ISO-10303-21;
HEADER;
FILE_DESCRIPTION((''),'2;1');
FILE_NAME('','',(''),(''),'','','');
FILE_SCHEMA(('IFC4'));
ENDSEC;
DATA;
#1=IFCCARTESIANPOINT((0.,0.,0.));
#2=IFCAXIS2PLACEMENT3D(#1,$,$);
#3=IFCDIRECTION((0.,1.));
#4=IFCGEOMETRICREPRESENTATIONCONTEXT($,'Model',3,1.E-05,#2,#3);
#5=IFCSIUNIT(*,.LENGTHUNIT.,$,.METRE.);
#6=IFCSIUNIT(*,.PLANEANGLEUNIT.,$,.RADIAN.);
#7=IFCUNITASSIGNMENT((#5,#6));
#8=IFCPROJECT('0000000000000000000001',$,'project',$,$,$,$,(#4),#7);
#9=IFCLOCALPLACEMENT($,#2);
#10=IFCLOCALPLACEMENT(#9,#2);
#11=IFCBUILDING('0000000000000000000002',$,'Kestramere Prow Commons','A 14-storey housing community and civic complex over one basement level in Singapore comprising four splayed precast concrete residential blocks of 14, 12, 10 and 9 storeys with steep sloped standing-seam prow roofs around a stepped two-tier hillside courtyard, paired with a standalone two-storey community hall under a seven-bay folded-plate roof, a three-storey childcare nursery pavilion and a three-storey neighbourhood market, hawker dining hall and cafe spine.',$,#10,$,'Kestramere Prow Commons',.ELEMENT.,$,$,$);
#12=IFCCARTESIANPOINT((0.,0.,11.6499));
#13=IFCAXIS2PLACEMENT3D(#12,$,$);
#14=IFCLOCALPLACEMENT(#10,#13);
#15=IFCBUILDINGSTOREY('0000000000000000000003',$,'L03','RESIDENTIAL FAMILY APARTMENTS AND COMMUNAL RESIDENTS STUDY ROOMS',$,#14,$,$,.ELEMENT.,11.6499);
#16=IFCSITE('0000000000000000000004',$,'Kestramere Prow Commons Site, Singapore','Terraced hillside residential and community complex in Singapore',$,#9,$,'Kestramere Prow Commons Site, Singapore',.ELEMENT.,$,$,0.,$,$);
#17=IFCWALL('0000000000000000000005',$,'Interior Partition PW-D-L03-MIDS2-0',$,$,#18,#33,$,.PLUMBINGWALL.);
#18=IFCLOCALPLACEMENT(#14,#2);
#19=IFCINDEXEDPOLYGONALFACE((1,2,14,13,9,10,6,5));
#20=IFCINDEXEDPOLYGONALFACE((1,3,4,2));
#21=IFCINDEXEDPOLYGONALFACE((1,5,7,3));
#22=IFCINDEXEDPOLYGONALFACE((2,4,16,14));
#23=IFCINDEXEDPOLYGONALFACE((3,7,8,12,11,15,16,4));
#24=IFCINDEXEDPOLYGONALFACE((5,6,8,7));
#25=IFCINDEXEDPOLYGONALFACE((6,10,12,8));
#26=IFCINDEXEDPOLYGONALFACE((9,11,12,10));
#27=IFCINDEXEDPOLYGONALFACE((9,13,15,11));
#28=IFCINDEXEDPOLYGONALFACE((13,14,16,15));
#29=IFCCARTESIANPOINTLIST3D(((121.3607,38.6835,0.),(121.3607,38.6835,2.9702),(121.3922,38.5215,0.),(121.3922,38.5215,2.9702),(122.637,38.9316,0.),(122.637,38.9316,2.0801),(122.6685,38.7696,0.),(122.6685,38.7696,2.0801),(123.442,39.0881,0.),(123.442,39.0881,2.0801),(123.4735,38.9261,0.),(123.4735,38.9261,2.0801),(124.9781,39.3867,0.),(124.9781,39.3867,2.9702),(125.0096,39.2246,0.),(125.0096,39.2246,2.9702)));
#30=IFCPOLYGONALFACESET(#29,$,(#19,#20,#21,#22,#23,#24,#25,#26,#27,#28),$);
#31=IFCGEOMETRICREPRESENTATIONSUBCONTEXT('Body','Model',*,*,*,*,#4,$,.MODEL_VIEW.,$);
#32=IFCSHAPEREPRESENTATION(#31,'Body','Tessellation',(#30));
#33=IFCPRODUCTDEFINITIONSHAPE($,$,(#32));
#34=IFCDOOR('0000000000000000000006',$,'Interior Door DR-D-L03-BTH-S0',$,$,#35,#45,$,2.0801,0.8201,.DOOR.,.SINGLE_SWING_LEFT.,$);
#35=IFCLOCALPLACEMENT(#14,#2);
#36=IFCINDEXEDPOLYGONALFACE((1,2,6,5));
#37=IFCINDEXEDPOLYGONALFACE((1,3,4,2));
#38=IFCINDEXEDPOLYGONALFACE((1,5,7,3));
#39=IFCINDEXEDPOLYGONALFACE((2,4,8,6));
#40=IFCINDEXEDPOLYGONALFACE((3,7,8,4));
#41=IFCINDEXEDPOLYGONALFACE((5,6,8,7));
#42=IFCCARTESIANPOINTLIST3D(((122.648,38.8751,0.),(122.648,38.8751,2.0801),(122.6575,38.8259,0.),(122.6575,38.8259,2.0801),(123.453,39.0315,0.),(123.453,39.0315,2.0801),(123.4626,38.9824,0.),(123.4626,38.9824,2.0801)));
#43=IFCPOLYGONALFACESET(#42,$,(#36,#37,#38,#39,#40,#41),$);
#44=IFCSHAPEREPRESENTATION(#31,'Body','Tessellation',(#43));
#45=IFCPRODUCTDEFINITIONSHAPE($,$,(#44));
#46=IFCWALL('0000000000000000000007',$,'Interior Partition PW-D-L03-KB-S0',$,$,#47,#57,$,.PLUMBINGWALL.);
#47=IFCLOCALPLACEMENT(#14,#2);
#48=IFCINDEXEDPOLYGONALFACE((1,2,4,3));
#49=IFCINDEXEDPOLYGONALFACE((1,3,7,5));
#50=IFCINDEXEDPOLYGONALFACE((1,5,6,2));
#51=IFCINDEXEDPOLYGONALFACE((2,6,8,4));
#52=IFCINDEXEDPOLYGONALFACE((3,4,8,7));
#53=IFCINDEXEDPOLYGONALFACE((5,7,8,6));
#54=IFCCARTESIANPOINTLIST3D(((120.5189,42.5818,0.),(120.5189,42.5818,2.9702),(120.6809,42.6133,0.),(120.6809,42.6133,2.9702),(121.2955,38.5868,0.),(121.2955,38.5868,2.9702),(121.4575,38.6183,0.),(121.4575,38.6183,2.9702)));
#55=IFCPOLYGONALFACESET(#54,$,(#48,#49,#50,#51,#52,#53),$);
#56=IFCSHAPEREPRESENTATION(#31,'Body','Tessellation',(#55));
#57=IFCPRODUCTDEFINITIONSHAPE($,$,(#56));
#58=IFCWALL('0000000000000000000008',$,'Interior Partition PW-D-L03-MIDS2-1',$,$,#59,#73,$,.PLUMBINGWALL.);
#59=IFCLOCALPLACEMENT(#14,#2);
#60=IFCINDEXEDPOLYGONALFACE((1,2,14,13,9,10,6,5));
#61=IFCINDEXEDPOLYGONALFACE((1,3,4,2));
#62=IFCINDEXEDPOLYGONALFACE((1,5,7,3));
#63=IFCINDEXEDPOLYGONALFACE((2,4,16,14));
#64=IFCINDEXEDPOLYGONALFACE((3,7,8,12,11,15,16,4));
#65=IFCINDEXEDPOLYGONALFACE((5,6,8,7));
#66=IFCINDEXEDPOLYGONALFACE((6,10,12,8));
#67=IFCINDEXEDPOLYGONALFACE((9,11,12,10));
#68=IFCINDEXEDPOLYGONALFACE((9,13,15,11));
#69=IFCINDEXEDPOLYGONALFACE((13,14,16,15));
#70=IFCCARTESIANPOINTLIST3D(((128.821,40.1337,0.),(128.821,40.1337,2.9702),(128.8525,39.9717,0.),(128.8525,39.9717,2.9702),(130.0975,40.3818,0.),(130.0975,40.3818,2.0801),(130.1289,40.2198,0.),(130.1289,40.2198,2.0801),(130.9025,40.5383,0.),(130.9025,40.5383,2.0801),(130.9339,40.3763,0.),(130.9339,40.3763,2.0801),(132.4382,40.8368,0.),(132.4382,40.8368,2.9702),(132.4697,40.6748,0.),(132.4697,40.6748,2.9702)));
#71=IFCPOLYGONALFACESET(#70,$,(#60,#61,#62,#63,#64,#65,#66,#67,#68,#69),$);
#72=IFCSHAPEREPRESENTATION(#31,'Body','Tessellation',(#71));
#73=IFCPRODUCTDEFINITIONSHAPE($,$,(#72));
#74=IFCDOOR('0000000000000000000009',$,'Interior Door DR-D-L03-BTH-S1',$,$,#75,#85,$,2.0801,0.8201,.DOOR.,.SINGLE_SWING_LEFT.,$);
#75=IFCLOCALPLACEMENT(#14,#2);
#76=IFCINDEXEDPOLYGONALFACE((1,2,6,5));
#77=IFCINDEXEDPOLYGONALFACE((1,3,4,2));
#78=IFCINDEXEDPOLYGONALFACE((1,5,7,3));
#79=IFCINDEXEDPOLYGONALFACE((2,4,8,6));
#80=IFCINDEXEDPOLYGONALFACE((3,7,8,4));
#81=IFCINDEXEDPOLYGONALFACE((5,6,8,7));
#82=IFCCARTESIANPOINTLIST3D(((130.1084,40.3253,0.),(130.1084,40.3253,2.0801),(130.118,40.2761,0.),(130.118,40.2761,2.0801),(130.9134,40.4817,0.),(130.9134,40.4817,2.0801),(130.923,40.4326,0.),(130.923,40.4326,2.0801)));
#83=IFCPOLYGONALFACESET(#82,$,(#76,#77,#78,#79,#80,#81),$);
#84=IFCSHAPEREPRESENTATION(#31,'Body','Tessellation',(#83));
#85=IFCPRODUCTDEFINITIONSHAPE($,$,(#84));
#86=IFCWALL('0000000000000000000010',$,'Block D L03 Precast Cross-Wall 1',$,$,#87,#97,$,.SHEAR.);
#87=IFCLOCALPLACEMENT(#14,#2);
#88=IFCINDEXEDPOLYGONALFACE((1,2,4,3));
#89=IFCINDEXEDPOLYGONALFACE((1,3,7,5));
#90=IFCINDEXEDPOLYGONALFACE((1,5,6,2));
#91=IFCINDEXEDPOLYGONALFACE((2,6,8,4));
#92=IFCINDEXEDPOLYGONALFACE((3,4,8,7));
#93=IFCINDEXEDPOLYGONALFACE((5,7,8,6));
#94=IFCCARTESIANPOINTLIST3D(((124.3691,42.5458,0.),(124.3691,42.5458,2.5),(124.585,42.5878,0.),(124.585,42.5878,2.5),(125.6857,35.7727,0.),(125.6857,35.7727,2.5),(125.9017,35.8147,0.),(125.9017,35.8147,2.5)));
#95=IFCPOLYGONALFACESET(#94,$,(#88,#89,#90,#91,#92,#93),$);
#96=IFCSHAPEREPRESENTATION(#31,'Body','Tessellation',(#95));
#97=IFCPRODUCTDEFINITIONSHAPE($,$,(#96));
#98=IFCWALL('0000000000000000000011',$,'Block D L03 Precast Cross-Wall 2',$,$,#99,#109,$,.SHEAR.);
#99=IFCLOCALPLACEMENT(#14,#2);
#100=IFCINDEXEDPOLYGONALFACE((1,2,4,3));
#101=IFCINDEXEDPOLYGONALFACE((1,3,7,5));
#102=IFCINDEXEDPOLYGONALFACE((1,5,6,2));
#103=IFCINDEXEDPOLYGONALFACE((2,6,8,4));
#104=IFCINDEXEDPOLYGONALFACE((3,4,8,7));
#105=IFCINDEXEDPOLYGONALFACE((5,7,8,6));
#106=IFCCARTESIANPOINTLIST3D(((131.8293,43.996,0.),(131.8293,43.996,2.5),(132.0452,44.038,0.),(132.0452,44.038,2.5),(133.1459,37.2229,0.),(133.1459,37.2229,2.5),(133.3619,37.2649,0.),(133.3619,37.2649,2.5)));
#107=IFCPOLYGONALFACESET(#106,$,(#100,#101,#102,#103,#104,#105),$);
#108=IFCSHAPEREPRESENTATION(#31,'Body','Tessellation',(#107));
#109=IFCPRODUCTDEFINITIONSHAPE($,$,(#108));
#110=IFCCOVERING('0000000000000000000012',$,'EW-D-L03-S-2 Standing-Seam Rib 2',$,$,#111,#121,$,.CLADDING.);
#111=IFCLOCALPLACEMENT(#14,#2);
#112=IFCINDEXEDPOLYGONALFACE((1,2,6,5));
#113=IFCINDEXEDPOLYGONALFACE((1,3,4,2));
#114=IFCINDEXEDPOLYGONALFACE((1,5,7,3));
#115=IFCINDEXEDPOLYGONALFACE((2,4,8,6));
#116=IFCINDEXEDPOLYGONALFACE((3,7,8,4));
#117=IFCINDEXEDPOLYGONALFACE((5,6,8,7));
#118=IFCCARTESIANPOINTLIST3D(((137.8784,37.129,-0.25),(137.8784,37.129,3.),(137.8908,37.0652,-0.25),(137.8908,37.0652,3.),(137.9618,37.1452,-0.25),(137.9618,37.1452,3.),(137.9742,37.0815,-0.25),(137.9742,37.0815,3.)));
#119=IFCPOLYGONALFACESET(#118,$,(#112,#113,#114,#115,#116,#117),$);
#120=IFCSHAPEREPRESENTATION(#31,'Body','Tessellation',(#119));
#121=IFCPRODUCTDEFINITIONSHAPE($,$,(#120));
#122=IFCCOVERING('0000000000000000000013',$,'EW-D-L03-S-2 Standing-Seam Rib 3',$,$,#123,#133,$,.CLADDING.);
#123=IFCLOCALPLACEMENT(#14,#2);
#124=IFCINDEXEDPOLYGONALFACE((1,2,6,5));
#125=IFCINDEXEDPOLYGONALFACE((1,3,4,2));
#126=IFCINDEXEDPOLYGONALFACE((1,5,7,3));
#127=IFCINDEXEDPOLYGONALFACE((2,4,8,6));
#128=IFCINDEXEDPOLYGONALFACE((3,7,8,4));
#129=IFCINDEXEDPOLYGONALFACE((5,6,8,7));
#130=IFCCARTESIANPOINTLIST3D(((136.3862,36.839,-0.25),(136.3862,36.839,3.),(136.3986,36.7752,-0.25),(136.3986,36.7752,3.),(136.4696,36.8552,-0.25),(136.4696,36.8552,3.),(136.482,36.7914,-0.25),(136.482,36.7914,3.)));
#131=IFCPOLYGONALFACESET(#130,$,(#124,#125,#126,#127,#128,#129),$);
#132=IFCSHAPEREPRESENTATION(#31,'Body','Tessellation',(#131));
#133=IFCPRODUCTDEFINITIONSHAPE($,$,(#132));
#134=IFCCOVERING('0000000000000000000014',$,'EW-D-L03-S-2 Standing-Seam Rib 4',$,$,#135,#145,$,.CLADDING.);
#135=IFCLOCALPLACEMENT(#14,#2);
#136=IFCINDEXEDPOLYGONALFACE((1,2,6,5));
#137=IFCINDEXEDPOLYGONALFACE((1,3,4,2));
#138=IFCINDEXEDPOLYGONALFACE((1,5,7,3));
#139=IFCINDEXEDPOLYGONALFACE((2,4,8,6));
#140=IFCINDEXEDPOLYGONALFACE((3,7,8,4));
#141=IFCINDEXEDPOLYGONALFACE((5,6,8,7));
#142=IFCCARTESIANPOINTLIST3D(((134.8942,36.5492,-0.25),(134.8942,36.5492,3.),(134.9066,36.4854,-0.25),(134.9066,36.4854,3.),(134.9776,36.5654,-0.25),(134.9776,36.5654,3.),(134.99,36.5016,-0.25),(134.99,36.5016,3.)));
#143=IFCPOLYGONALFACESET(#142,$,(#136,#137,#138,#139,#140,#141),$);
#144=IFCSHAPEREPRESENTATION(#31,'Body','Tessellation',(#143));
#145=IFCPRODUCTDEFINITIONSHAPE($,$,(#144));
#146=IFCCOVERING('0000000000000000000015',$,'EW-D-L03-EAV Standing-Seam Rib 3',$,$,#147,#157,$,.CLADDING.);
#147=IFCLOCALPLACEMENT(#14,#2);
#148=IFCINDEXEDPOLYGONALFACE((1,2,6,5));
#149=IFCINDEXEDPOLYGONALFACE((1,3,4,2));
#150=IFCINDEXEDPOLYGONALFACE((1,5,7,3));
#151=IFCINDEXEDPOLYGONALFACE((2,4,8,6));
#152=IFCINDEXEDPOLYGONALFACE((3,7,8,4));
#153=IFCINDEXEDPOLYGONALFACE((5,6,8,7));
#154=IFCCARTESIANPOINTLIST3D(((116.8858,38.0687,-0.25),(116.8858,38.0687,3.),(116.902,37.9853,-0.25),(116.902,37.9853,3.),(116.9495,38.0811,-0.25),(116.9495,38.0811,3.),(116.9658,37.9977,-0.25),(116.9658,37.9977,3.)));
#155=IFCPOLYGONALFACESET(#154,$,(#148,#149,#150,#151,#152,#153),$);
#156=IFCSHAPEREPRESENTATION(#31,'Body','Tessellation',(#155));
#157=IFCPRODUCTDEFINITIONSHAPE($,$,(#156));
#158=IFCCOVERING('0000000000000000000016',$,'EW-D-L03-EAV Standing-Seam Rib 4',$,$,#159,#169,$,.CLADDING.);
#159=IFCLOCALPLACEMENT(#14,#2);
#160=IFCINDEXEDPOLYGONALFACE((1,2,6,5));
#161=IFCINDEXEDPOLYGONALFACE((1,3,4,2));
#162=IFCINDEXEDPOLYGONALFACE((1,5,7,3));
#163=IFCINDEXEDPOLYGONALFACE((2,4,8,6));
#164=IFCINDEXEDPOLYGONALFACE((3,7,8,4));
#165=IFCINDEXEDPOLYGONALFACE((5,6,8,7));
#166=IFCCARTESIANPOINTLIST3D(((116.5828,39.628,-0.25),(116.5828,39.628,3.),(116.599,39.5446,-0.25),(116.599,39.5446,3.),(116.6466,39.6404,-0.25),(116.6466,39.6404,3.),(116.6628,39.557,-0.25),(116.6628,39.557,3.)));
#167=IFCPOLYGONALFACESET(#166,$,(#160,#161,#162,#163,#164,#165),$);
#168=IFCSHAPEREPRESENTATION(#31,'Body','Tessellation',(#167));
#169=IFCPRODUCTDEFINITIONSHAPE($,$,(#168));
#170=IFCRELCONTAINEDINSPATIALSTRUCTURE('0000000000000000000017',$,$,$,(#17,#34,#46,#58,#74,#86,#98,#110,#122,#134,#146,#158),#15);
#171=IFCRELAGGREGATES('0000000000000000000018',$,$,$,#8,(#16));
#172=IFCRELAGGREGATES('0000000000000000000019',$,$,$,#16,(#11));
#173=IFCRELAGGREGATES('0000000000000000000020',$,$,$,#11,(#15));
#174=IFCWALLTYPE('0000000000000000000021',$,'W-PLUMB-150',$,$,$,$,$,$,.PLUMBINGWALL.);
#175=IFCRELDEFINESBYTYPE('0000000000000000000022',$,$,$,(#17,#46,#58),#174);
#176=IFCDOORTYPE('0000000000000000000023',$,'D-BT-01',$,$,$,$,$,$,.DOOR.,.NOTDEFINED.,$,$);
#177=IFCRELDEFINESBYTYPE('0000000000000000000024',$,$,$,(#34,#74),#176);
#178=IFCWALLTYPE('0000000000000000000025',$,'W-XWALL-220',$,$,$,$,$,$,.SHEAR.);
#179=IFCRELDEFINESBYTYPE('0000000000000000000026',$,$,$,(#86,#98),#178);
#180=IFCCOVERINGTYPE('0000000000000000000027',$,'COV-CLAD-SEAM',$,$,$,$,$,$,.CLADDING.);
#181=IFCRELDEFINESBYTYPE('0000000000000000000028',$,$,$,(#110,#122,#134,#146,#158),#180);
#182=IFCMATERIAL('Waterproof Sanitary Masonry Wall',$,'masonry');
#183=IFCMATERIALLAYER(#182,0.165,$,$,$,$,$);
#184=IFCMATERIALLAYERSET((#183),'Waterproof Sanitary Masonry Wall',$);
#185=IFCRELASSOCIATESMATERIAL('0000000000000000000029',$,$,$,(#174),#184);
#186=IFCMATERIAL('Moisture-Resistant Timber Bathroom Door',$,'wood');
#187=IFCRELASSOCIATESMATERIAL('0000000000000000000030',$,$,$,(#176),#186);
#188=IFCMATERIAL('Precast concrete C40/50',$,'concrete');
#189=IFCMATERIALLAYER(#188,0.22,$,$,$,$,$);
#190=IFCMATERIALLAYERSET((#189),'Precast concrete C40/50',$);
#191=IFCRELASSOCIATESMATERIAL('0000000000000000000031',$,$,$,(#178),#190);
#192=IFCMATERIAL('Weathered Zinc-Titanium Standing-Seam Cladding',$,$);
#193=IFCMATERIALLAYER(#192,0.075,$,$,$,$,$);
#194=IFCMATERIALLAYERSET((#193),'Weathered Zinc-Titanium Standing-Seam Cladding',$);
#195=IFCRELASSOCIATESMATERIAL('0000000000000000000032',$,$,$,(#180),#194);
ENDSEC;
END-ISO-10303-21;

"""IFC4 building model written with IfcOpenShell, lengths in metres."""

from ifc_helpers import new_model, si_unit, direction, frame, frame_2d, origin, origin_2d, place, context, subcontext, project, spatial, rectangle, extrude, material, layer, layer_set, type_object, element, fill, save


model = new_model("IFC4")

# Units and contexts
model_context = context("Model", 3, precision=1e-05, world=origin(), true_north=direction((0.0, 1.0)))
body_context = subcontext(model_context, "Body", "Model", "MODEL_VIEW")
ifc_project = project(units=[si_unit("LENGTHUNIT", "METRE"), si_unit("PLANEANGLEUNIT", "RADIAN")], contexts=[model_context])

# Site, building, storey
site_placement = place(None, origin())
site = spatial("IfcSite", under=ifc_project, at=site_placement, Name="Kestramere Prow Commons Site, Singapore", Description="Terraced hillside residential and community complex in Singapore", LongName="Kestramere Prow Commons Site, Singapore", CompositionType="ELEMENT", RefElevation=0.0)
building_placement = place(site_placement, origin())
building = spatial("IfcBuilding", under=site, at=building_placement, Name="Kestramere Prow Commons", Description="A 14-storey housing community and civic complex over one basement level in Singapore comprising four splayed precast concrete residential blocks of 14, 12, 10 and 9 storeys with steep sloped standing-seam prow roofs around a stepped two-tier hillside courtyard, paired with a standalone two-storey community hall under a seven-bay folded-plate roof, a three-storey childcare nursery pavilion and a three-storey neighbourhood market, hawker dining hall and cafe spine.", LongName="Kestramere Prow Commons", CompositionType="ELEMENT")
storey_placement = place(building_placement, frame((0.0, 0.0, 11.6499)))
storey = spatial("IfcBuildingStorey", under=building, at=storey_placement, Name="L03", Description="RESIDENTIAL FAMILY APARTMENTS AND COMMUNAL RESIDENTS STUDY ROOMS", CompositionType="ELEMENT", Elevation=11.6499)

# Shared definitions
ifc_material_1 = material(Name="Precast concrete C40/50", Category="concrete")

# Wall, opening, door
ifc_material_2 = material(Name="Waterproof Sanitary Masonry Wall", Category="masonry")
ifc_layer_1 = layer(ifc_material_2, 0.165)
ifc_layer_set_1 = layer_set([ifc_layer_1], Name="Waterproof Sanitary Masonry Wall")
wall_type_1 = type_object("IfcWallType", Name="W-PLUMB-150", PredefinedType="PLUMBINGWALL", material=ifc_layer_set_1)
wall_1_placement = place(storey_placement, frame((121.3765, 38.6025, 0.0), z_axis=(0.0, 0.0, 1.0), x_axis=(0.981629, 0.190801, 0.0)))
wall_1 = element("IfcWall", 1, at=wall_1_placement, inside=storey, type_object=wall_type_1, Name="Interior Partition PW-D-L03-MIDS2-0", PredefinedType="PLUMBINGWALL", context=body_context, shape_type="SweptSolid", body=[
    extrude(rectangle(XDim=3.6851, YDim=0.165, at=frame_2d((1.8425, 0.0))), origin(), (0.0, 0.0, 1.0), 2.9702),
])
opening_1_placement = place(wall_1_placement, frame((1.3, 0.0, 0.0)))
opening_1 = element("IfcOpeningElement", 2, at=opening_1_placement, cuts=wall_1, PredefinedType="OPENING", context=body_context, shape_type="SweptSolid", body=[
    extrude(rectangle(XDim=0.8201, YDim=2.0801, at=frame_2d((0.4102, 1.04))), frame((0.0, 0.0974, 0.0), z_axis=(0.0, -1.0, 0.0), x_axis=(1.0, 0.0, 0.0)), (0.0, 0.0, 1.0), 0.1951),
])
ifc_material_3 = material(Name="Moisture-Resistant Timber Bathroom Door", Category="wood")
door_type_1 = type_object("IfcDoorType", Name="D-BT-01", OperationType="NOTDEFINED", PredefinedType="DOOR", material=ifc_material_3)
door_1_placement = place(opening_1_placement, origin())
door_1 = element("IfcDoor", 3, at=door_1_placement, inside=storey, type_object=door_type_1, Name="Interior Door DR-D-L03-BTH-S0", OperationType="SINGLE_SWING_LEFT", OverallHeight=2.0801, OverallWidth=0.8201, PredefinedType="DOOR", context=body_context, shape_type="SweptSolid", body=[
    extrude(rectangle(XDim=0.8201, YDim=2.0801, at=frame_2d((0.4102, 1.04))), frame((0.0, 0.0249, 0.0), z_axis=(0.0, -1.0, 0.0), x_axis=(1.0, 0.0, 0.0)), (0.0, 0.0, 1.0), 0.05),
])
fill(opening_1, door_1)

# Wall
wall_2_placement = place(storey_placement, frame((121.3765, 38.6025, 0.0), z_axis=(0.0, 0.0, 1.0), x_axis=(-0.190818, 0.981625, 0.0)))
element("IfcWall", 4, at=wall_2_placement, inside=storey, type_object=wall_type_1, Name="Interior Partition PW-D-L03-KB-S0", PredefinedType="PLUMBINGWALL", context=body_context, shape_type="SweptSolid", body=[
    extrude(rectangle(XDim=4.0698, YDim=0.165, at=frame_2d((2.0349, 0.0))), origin(), (0.0, 0.0, 1.0), 2.9702),
])

# Wall, opening, door
wall_3_placement = place(storey_placement, frame((128.8369, 40.0527, 0.0), z_axis=(0.0, 0.0, 1.0), x_axis=(0.981626, 0.190813, 0.0)))
wall_3 = element("IfcWall", 5, at=wall_3_placement, inside=storey, type_object=wall_type_1, Name="Interior Partition PW-D-L03-MIDS2-1", PredefinedType="PLUMBINGWALL", context=body_context, shape_type="SweptSolid", body=[
    extrude(rectangle(XDim=3.6848, YDim=0.165, at=frame_2d((1.8423, 0.0))), origin(), (0.0, 0.0, 1.0), 2.9702),
])
opening_2_placement = place(wall_3_placement, frame((1.3, 0.0, 0.0)))
opening_2 = element("IfcOpeningElement", 6, at=opening_2_placement, cuts=wall_3, PredefinedType="OPENING", context=body_context, shape_type="SweptSolid", body=[
    extrude(rectangle(XDim=0.8201, YDim=2.0801, at=frame_2d((0.4102, 1.04))), frame((0.0, 0.0974, 0.0), z_axis=(0.0, -1.0, 0.0), x_axis=(1.0, 0.0, 0.0)), (0.0, 0.0, 1.0), 0.1951),
])
door_2_placement = place(opening_2_placement, origin())
door_2 = element("IfcDoor", 7, at=door_2_placement, inside=storey, type_object=door_type_1, Name="Interior Door DR-D-L03-BTH-S1", OperationType="SINGLE_SWING_LEFT", OverallHeight=2.0801, OverallWidth=0.8201, PredefinedType="DOOR", context=body_context, shape_type="SweptSolid", body=[
    extrude(rectangle(XDim=0.8201, YDim=2.0801, at=frame_2d((0.4102, 1.04))), frame((0.0, 0.0249, 0.0), z_axis=(0.0, -1.0, 0.0), x_axis=(1.0, 0.0, 0.0)), (0.0, 0.0, 1.0), 0.05),
])
fill(opening_2, door_2)

# Walls
ifc_layer_2 = layer(ifc_material_1, 0.22)
ifc_layer_set_2 = layer_set([ifc_layer_2], Name="Precast concrete C40/50")
wall_type_2 = type_object("IfcWallType", Name="W-XWALL-220", PredefinedType="SHEAR", material=ifc_layer_set_2)
for number, where, z_axis, x_axis, name in (
    (8, (125.7937, 35.7937, 0.0), (0.0, 0.0, 1.0), (-0.190819, 0.981625, 0.0), "Block D L03 Precast Cross-Wall 1"),
    (9, (133.2539, 37.2439, 0.0), (0.0, 0.0, 1.0), (-0.190819, 0.981625, 0.0), "Block D L03 Precast Cross-Wall 2"),
):
    element("IfcWall", number, at=place(storey_placement, frame(where, z_axis=z_axis, x_axis=x_axis)), inside=storey, type_object=wall_type_2, Name=name, PredefinedType="SHEAR", context=body_context, shape_type="SweptSolid", body=[
        extrude(rectangle(XDim=6.8999, YDim=0.22, at=frame_2d((3.45, 0.0))), origin(), (0.0, 0.0, 1.0), 2.5),
    ])

# Coverings
ifc_material_4 = material(Name="Weathered Zinc-Titanium Standing-Seam Cladding")
ifc_layer_3 = layer(ifc_material_4, 0.075)
ifc_layer_set_3 = layer_set([ifc_layer_3], Name="Weathered Zinc-Titanium Standing-Seam Cladding")
covering_type = type_object("IfcCoveringType", Name="COV-CLAD-SEAM", PredefinedType="CLADDING", material=ifc_layer_set_3)
for number, where, z_axis, x_axis, name in (
    (10, (137.9263, 37.1052, -0.25), (0.0, 0.0, 1.0), (-0.981627, -0.190809, 0.0), "EW-D-L03-S-2 Standing-Seam Rib 2"),
    (11, (136.4341, 36.8152, -0.25), (0.0, 0.0, 1.0), (-0.981627, -0.190809, 0.0), "EW-D-L03-S-2 Standing-Seam Rib 3"),
    (12, (134.9421, 36.5254, -0.25), (0.0, 0.0, 1.0), (-0.981627, -0.190809, 0.0), "EW-D-L03-S-2 Standing-Seam Rib 4"),
    (13, (116.9258, 38.0332, -0.25), (0.0, 0.0, 1.0), (-0.190809, 0.981627, 0.0), "EW-D-L03-EAV Standing-Seam Rib 3"),
    (14, (116.6228, 39.5925, -0.25), (0.0, 0.0, 1.0), (-0.190809, 0.981627, 0.0), "EW-D-L03-EAV Standing-Seam Rib 4"),
):
    element("IfcCovering", number, at=place(storey_placement, frame(where, z_axis=z_axis, x_axis=x_axis)), inside=storey, type_object=covering_type, Name=name, PredefinedType="CLADDING", context=body_context, shape_type="SweptSolid", body=[
        extrude(rectangle(XDim=0.085, YDim=0.0649, at=origin_2d()), origin(), (0.0, 0.0, 1.0), 3.25),
    ])

save(model, "model.ifc")
